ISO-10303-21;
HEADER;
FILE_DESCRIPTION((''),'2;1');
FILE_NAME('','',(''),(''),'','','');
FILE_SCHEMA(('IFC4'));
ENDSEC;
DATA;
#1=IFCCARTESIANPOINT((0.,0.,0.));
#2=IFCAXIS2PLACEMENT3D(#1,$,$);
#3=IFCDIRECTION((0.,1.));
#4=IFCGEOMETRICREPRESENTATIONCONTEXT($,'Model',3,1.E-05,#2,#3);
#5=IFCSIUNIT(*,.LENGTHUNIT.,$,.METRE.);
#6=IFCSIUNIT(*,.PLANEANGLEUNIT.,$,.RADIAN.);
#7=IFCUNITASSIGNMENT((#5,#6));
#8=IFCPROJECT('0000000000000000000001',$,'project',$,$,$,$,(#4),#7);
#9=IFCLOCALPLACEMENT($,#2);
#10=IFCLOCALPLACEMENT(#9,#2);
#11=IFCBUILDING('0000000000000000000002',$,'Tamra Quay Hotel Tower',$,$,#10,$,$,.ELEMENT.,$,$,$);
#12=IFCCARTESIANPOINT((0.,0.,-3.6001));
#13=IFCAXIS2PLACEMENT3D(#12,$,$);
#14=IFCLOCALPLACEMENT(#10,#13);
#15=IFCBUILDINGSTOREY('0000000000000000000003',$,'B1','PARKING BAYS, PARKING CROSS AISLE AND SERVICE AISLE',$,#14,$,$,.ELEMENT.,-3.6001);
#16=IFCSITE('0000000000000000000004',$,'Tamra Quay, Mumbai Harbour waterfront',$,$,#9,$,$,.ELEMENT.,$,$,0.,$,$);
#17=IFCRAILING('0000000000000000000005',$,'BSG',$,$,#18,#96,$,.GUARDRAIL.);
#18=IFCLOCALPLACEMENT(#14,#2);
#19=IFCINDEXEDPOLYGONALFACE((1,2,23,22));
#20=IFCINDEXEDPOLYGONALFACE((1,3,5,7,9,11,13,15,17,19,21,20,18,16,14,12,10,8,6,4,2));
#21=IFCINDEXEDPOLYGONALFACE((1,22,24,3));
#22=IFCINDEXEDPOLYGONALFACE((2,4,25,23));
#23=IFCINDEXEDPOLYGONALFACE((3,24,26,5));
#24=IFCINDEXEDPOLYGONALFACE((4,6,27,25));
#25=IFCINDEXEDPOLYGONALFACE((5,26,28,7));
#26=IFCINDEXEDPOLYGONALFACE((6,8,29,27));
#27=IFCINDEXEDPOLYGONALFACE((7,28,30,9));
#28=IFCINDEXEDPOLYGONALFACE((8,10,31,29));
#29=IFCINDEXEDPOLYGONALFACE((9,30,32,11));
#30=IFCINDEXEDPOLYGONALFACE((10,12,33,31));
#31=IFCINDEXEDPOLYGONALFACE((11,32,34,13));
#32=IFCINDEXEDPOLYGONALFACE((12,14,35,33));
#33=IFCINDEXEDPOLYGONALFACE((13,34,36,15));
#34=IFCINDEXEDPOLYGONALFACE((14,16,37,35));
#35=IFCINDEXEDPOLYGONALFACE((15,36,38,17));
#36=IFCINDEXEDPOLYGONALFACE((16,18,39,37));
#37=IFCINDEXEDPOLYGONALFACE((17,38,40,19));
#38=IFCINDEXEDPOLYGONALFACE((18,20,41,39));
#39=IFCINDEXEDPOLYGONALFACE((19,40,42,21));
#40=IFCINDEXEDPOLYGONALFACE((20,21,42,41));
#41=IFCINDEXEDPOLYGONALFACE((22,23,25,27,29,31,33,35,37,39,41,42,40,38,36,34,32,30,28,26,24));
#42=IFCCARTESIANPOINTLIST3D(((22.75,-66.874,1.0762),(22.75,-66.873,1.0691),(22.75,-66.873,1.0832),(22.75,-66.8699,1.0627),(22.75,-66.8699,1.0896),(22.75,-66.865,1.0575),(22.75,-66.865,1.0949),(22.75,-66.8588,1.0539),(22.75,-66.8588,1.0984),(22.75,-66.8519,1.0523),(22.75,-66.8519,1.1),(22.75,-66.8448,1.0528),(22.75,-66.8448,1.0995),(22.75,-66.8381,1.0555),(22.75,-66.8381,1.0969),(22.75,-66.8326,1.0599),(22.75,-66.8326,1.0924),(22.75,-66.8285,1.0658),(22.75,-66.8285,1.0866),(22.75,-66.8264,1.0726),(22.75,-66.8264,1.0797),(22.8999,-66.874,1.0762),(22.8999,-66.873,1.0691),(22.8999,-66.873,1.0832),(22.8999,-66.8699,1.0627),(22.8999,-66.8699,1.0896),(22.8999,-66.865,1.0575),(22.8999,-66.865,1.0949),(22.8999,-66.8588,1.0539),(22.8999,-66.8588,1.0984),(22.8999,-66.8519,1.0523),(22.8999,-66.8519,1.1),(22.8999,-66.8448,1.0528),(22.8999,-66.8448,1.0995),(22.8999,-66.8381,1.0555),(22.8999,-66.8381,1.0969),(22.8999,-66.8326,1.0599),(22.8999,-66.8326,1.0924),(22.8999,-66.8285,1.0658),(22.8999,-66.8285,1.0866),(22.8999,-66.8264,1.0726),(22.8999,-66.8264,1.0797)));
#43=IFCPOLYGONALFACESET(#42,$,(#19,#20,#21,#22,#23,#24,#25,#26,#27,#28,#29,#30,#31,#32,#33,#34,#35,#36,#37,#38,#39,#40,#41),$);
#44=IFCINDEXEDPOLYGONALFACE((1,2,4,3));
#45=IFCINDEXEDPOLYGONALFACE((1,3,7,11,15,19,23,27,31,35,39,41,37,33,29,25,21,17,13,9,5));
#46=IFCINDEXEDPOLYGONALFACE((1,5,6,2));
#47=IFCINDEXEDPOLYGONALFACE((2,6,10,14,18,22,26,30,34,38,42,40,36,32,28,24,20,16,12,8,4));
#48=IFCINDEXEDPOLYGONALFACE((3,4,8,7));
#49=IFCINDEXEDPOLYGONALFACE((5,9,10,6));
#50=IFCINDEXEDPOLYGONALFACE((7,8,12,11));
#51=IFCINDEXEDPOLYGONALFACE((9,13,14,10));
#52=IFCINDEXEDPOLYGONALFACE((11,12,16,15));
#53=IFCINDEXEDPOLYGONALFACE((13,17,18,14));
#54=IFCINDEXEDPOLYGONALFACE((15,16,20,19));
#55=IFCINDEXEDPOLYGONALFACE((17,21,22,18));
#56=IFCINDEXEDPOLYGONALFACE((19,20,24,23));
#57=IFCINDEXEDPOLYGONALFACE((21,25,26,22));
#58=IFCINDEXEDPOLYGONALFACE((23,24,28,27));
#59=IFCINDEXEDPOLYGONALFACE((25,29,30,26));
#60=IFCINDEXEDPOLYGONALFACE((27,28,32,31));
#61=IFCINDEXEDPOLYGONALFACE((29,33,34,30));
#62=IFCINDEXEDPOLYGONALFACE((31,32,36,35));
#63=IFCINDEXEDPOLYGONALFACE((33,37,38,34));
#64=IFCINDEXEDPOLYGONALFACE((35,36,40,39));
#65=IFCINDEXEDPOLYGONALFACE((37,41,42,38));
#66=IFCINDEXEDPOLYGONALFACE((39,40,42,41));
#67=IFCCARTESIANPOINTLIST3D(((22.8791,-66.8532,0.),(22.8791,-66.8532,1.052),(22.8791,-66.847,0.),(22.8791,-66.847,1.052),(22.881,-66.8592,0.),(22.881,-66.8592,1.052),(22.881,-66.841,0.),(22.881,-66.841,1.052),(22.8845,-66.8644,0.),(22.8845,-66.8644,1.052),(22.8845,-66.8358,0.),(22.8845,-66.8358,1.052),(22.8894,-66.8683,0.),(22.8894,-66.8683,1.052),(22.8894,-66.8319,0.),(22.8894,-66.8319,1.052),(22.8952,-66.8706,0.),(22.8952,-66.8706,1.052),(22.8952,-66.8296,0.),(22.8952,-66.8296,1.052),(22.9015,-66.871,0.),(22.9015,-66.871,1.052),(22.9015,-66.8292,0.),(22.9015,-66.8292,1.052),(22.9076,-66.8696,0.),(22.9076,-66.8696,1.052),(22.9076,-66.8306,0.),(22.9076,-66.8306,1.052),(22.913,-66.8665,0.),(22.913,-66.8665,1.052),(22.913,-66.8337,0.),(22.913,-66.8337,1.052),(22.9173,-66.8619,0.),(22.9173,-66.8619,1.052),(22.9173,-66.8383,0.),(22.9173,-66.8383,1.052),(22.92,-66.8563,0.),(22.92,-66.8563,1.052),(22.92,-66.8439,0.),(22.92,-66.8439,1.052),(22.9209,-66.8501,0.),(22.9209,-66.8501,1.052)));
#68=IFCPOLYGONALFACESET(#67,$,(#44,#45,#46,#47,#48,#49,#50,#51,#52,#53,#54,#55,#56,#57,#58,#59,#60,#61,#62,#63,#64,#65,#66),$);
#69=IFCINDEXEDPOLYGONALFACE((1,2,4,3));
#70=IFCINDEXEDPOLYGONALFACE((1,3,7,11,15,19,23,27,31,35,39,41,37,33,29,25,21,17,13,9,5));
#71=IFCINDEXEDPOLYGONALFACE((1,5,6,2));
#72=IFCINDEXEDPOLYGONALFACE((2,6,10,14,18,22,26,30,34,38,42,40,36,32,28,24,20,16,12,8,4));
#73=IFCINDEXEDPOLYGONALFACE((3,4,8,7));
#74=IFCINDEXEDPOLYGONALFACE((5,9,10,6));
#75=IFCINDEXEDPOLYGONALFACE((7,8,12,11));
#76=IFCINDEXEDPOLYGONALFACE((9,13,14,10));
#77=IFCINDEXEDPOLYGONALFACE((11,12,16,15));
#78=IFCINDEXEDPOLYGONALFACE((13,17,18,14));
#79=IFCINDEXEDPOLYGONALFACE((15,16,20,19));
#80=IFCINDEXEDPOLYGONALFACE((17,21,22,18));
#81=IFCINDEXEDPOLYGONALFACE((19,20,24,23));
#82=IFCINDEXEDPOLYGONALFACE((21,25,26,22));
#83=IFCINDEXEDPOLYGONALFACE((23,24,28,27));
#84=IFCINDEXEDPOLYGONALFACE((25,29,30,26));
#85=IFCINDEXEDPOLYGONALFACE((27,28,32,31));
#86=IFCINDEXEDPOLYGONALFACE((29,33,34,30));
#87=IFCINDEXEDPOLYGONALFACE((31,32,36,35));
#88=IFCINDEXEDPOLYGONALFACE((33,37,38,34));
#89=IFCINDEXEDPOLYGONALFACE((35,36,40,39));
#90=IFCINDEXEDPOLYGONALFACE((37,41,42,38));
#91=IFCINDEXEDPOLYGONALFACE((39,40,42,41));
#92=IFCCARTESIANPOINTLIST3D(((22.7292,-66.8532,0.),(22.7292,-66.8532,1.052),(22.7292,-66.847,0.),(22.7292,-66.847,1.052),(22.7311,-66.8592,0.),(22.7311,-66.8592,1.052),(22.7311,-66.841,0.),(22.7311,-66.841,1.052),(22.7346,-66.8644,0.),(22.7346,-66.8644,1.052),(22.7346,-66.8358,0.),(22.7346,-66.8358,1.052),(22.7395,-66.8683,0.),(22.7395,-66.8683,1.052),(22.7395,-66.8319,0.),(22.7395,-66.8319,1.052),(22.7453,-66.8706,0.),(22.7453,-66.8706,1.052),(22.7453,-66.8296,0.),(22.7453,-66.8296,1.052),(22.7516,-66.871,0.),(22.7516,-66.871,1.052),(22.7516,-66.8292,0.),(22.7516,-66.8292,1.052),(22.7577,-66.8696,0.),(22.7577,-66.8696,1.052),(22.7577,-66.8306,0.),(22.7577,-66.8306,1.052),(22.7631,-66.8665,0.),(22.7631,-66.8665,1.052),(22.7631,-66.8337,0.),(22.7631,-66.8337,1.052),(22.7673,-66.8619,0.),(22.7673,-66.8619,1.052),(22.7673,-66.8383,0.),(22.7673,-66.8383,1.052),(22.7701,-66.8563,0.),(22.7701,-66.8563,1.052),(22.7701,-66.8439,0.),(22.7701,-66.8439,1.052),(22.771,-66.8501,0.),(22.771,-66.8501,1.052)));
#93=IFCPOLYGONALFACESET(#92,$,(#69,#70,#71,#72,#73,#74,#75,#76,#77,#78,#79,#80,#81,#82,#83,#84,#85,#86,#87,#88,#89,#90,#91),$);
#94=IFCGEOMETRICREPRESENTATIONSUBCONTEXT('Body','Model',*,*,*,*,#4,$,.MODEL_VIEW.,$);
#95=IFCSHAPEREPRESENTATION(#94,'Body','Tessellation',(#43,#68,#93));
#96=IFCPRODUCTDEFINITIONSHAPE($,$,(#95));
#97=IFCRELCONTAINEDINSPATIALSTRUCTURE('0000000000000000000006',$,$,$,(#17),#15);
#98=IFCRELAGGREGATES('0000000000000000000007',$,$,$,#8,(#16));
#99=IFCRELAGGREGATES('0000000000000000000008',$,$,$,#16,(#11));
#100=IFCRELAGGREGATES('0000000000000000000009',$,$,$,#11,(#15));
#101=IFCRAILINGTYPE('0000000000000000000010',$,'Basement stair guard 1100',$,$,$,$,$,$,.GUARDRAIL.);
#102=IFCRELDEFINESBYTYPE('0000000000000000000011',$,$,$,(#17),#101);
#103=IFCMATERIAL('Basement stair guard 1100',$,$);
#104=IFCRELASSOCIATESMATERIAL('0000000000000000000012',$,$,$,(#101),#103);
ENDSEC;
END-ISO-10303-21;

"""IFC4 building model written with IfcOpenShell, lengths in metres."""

from ifc_helpers import new_model, si_unit, direction, frame, origin, origin_2d, place, context, subcontext, project, spatial, circle, extrude, material, type_object, element, save


model = new_model("IFC4")

# Units and contexts
model_context = context("Model", 3, precision=1e-05, world=origin(), true_north=direction((0.0, 1.0)))
body_context = subcontext(model_context, "Body", "Model", "MODEL_VIEW")
ifc_project = project(units=[si_unit("LENGTHUNIT", "METRE"), si_unit("PLANEANGLEUNIT", "RADIAN")], contexts=[model_context])

# Site, building, storey
site_placement = place(None, origin())
site = spatial("IfcSite", under=ifc_project, at=site_placement, Name="Tamra Quay, Mumbai Harbour waterfront", CompositionType="ELEMENT", RefElevation=0.0)
building_placement = place(site_placement, origin())
building = spatial("IfcBuilding", under=site, at=building_placement, Name="Tamra Quay Hotel Tower", CompositionType="ELEMENT")
storey_placement = place(building_placement, frame((0.0, 0.0, -3.6001)))
storey = spatial("IfcBuildingStorey", under=building, at=storey_placement, Name="B1", Description="PARKING BAYS, PARKING CROSS AISLE AND SERVICE AISLE", CompositionType="ELEMENT", Elevation=-3.6001)

# Railing
ifc_material_1 = material(Name="Basement stair guard 1100")
railing_type_1 = type_object("IfcRailingType", Name="Basement stair guard 1100", PredefinedType="GUARDRAIL", material=ifc_material_1)
railing_1_placement = place(storey_placement, frame((22.8999, -66.8501, 0.0)))
element("IfcRailing", 1, at=railing_1_placement, inside=storey, type_object=railing_type_1, Name="BSG", PredefinedType="GUARDRAIL", context=body_context, shape_type="SweptSolid", body=[
    extrude(circle(Radius=0.0239, at=origin_2d()), frame((0.0, 0.0, 1.0762), z_axis=(-1.0, 0.0, 0.0), x_axis=(0.0, -1.0, 0.0)), (0.0, 0.0, 1.0), 0.1499),
    extrude(circle(Radius=0.021, at=origin_2d()), origin(), (0.0, 0.0, 1.0), 1.052),
    extrude(circle(Radius=0.021, at=origin_2d()), frame((-0.1499, 0.0, 0.0)), (0.0, 0.0, 1.0), 1.052),
])

save(model, "model.ifc")
